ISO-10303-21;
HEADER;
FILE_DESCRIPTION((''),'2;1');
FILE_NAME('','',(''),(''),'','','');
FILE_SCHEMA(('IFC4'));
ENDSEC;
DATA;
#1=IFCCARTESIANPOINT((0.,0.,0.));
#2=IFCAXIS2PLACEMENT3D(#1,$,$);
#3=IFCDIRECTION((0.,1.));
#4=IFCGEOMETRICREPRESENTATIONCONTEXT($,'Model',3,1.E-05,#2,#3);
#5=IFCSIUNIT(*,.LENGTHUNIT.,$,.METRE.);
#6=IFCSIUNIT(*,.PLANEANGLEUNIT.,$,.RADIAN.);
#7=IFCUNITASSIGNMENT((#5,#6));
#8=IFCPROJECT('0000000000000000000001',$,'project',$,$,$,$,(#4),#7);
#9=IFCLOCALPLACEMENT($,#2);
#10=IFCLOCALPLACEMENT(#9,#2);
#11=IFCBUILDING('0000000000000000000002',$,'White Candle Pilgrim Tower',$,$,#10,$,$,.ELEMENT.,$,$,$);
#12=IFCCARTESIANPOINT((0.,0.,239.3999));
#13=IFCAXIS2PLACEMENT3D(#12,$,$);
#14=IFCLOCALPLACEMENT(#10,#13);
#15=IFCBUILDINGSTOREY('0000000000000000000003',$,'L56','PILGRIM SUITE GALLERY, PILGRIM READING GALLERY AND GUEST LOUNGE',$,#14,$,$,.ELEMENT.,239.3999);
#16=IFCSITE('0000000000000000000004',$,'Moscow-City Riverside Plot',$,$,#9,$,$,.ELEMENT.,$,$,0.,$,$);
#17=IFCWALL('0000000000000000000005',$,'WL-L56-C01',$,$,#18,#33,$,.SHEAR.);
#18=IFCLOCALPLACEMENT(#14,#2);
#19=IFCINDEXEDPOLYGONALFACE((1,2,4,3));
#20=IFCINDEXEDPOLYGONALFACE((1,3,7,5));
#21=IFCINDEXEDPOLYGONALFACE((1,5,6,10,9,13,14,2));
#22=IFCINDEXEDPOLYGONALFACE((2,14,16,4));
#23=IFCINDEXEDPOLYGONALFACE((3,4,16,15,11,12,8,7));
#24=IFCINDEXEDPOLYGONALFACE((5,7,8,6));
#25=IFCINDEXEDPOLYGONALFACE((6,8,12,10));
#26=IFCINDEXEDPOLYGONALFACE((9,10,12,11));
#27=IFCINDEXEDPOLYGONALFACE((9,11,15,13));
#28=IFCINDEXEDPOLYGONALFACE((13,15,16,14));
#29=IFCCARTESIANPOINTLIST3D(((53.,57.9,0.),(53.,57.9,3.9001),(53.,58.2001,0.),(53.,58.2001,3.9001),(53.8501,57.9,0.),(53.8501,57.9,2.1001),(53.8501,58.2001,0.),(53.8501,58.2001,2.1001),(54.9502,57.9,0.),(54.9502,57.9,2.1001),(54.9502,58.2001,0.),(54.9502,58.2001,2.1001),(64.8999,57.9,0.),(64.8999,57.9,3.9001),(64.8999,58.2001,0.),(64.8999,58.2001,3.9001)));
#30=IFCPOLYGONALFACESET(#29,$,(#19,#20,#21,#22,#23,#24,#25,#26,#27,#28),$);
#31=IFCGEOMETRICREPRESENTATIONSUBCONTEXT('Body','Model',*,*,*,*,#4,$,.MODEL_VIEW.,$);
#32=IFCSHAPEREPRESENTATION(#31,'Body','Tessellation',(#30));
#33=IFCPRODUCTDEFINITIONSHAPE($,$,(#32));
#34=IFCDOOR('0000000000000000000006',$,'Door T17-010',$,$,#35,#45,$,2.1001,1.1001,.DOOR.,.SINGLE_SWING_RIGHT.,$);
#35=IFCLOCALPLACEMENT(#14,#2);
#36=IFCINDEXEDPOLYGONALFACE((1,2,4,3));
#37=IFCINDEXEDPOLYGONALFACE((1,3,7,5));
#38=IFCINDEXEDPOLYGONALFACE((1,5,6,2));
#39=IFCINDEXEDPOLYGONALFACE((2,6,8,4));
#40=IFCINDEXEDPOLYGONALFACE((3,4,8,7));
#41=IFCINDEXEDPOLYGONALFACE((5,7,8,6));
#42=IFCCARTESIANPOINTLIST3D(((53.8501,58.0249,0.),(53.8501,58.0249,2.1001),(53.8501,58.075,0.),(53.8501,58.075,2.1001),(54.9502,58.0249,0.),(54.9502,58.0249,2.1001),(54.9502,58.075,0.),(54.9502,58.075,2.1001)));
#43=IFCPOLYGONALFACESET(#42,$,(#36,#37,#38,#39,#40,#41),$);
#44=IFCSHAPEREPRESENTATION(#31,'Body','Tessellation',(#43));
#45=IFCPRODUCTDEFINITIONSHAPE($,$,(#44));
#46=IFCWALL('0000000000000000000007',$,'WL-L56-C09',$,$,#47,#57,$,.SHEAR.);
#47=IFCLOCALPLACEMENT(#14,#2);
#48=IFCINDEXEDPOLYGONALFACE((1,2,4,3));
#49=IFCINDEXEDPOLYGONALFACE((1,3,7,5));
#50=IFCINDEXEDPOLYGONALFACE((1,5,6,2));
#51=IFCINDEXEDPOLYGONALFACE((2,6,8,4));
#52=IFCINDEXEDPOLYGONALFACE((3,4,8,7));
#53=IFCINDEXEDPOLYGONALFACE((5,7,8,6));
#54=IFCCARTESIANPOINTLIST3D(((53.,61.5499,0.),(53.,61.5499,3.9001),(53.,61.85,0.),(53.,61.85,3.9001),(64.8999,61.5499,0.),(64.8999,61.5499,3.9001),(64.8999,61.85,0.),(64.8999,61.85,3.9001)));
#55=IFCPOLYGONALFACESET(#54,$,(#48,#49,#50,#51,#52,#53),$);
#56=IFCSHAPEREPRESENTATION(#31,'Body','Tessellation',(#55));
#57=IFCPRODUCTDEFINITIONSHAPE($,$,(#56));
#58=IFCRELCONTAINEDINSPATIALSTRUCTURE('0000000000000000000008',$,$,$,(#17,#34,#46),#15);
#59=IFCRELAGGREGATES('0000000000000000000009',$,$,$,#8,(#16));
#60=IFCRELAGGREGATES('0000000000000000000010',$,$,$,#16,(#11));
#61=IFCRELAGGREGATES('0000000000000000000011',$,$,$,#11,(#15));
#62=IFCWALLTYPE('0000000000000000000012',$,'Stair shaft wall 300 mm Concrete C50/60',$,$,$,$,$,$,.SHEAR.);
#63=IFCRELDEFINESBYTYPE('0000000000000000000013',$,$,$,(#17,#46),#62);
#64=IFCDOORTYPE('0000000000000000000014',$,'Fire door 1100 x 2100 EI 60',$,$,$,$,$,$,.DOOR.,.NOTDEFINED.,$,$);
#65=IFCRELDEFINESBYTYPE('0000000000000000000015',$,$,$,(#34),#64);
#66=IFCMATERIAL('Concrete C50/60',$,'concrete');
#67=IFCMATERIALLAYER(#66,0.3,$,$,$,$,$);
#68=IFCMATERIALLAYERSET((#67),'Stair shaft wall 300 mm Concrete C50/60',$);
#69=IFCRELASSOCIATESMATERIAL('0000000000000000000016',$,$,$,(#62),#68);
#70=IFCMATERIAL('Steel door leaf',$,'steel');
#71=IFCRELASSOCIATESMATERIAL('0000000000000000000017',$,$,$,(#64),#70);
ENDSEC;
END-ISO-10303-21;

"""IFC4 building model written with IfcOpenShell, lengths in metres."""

from ifc_helpers import new_model, si_unit, direction, frame, frame_2d, origin, place, context, subcontext, project, spatial, rectangle, extrude, material, layer, layer_set, type_object, element, fill, save


model = new_model("IFC4")

# Units and contexts
model_context = context("Model", 3, precision=1e-05, world=origin(), true_north=direction((0.0, 1.0)))
body_context = subcontext(model_context, "Body", "Model", "MODEL_VIEW")
ifc_project = project(units=[si_unit("LENGTHUNIT", "METRE"), si_unit("PLANEANGLEUNIT", "RADIAN")], contexts=[model_context])

# Site, building, storey
site_placement = place(None, origin())
site = spatial("IfcSite", under=ifc_project, at=site_placement, Name="Moscow-City Riverside Plot", CompositionType="ELEMENT", RefElevation=0.0)
building_placement = place(site_placement, origin())
building = spatial("IfcBuilding", under=site, at=building_placement, Name="White Candle Pilgrim Tower", CompositionType="ELEMENT")
storey_placement = place(building_placement, frame((0.0, 0.0, 239.3999)))
storey = spatial("IfcBuildingStorey", under=building, at=storey_placement, Name="L56", Description="PILGRIM SUITE GALLERY, PILGRIM READING GALLERY AND GUEST LOUNGE", CompositionType="ELEMENT", Elevation=239.3999)

# Shared definitions
ifc_material_1 = material(Name="Concrete C50/60", Category="concrete")

# Shared definitions
ifc_material_2 = material(Name="Steel door leaf", Category="steel")

# Wall, opening, door
ifc_layer_1 = layer(ifc_material_1, 0.3)
ifc_layer_set_1 = layer_set([ifc_layer_1], Name="Stair shaft wall 300 mm Concrete C50/60")
wall_type_1 = type_object("IfcWallType", Name="Stair shaft wall 300 mm Concrete C50/60", PredefinedType="SHEAR", material=ifc_layer_set_1)
wall_1_placement = place(storey_placement, frame((53.0, 58.05, 0.0), z_axis=(0.0, 0.0, 1.0), x_axis=(1.0, 0.0, 0.0)))
wall_1 = element("IfcWall", 1, at=wall_1_placement, inside=storey, type_object=wall_type_1, Name="WL-L56-C01", PredefinedType="SHEAR", context=body_context, shape_type="SweptSolid", body=[
    extrude(rectangle(XDim=11.8999, YDim=0.3, at=frame_2d((5.95, 0.0))), origin(), (0.0, 0.0, 1.0), 3.9001),
])
opening_1_placement = place(wall_1_placement, frame((0.8501, 0.0, 0.0)))
opening_1 = element("IfcOpeningElement", 2, at=opening_1_placement, cuts=wall_1, PredefinedType="OPENING", context=body_context, shape_type="SweptSolid", body=[
    extrude(rectangle(XDim=1.1001, YDim=2.1001, at=frame_2d((0.55, 1.05))), frame((0.0, 0.1599, 0.0), z_axis=(0.0, -1.0, 0.0), x_axis=(1.0, 0.0, 0.0)), (0.0, 0.0, 1.0), 0.3201),
])
door_type_1 = type_object("IfcDoorType", Name="Fire door 1100 x 2100 EI 60", OperationType="NOTDEFINED", PredefinedType="DOOR", material=ifc_material_2)
door_1_placement = place(opening_1_placement, origin())
door_1 = element("IfcDoor", 3, at=door_1_placement, inside=storey, type_object=door_type_1, Name="Door T17-010", OperationType="SINGLE_SWING_RIGHT", OverallHeight=2.1001, OverallWidth=1.1001, PredefinedType="DOOR", context=body_context, shape_type="SweptSolid", body=[
    extrude(rectangle(XDim=1.1001, YDim=2.1001, at=frame_2d((0.55, 1.05))), frame((0.0, 0.0249, 0.0), z_axis=(0.0, -1.0, 0.0), x_axis=(1.0, 0.0, 0.0)), (0.0, 0.0, 1.0), 0.05),
])
fill(opening_1, door_1)

# Wall
wall_2_placement = place(storey_placement, frame((53.0, 61.7, 0.0), z_axis=(0.0, 0.0, 1.0), x_axis=(1.0, 0.0, 0.0)))
element("IfcWall", 4, at=wall_2_placement, inside=storey, type_object=wall_type_1, Name="WL-L56-C09", PredefinedType="SHEAR", context=body_context, shape_type="SweptSolid", body=[
    extrude(rectangle(XDim=11.8999, YDim=0.3, at=frame_2d((5.95, 0.0))), origin(), (0.0, 0.0, 1.0), 3.9001),
])

save(model, "model.ifc")
